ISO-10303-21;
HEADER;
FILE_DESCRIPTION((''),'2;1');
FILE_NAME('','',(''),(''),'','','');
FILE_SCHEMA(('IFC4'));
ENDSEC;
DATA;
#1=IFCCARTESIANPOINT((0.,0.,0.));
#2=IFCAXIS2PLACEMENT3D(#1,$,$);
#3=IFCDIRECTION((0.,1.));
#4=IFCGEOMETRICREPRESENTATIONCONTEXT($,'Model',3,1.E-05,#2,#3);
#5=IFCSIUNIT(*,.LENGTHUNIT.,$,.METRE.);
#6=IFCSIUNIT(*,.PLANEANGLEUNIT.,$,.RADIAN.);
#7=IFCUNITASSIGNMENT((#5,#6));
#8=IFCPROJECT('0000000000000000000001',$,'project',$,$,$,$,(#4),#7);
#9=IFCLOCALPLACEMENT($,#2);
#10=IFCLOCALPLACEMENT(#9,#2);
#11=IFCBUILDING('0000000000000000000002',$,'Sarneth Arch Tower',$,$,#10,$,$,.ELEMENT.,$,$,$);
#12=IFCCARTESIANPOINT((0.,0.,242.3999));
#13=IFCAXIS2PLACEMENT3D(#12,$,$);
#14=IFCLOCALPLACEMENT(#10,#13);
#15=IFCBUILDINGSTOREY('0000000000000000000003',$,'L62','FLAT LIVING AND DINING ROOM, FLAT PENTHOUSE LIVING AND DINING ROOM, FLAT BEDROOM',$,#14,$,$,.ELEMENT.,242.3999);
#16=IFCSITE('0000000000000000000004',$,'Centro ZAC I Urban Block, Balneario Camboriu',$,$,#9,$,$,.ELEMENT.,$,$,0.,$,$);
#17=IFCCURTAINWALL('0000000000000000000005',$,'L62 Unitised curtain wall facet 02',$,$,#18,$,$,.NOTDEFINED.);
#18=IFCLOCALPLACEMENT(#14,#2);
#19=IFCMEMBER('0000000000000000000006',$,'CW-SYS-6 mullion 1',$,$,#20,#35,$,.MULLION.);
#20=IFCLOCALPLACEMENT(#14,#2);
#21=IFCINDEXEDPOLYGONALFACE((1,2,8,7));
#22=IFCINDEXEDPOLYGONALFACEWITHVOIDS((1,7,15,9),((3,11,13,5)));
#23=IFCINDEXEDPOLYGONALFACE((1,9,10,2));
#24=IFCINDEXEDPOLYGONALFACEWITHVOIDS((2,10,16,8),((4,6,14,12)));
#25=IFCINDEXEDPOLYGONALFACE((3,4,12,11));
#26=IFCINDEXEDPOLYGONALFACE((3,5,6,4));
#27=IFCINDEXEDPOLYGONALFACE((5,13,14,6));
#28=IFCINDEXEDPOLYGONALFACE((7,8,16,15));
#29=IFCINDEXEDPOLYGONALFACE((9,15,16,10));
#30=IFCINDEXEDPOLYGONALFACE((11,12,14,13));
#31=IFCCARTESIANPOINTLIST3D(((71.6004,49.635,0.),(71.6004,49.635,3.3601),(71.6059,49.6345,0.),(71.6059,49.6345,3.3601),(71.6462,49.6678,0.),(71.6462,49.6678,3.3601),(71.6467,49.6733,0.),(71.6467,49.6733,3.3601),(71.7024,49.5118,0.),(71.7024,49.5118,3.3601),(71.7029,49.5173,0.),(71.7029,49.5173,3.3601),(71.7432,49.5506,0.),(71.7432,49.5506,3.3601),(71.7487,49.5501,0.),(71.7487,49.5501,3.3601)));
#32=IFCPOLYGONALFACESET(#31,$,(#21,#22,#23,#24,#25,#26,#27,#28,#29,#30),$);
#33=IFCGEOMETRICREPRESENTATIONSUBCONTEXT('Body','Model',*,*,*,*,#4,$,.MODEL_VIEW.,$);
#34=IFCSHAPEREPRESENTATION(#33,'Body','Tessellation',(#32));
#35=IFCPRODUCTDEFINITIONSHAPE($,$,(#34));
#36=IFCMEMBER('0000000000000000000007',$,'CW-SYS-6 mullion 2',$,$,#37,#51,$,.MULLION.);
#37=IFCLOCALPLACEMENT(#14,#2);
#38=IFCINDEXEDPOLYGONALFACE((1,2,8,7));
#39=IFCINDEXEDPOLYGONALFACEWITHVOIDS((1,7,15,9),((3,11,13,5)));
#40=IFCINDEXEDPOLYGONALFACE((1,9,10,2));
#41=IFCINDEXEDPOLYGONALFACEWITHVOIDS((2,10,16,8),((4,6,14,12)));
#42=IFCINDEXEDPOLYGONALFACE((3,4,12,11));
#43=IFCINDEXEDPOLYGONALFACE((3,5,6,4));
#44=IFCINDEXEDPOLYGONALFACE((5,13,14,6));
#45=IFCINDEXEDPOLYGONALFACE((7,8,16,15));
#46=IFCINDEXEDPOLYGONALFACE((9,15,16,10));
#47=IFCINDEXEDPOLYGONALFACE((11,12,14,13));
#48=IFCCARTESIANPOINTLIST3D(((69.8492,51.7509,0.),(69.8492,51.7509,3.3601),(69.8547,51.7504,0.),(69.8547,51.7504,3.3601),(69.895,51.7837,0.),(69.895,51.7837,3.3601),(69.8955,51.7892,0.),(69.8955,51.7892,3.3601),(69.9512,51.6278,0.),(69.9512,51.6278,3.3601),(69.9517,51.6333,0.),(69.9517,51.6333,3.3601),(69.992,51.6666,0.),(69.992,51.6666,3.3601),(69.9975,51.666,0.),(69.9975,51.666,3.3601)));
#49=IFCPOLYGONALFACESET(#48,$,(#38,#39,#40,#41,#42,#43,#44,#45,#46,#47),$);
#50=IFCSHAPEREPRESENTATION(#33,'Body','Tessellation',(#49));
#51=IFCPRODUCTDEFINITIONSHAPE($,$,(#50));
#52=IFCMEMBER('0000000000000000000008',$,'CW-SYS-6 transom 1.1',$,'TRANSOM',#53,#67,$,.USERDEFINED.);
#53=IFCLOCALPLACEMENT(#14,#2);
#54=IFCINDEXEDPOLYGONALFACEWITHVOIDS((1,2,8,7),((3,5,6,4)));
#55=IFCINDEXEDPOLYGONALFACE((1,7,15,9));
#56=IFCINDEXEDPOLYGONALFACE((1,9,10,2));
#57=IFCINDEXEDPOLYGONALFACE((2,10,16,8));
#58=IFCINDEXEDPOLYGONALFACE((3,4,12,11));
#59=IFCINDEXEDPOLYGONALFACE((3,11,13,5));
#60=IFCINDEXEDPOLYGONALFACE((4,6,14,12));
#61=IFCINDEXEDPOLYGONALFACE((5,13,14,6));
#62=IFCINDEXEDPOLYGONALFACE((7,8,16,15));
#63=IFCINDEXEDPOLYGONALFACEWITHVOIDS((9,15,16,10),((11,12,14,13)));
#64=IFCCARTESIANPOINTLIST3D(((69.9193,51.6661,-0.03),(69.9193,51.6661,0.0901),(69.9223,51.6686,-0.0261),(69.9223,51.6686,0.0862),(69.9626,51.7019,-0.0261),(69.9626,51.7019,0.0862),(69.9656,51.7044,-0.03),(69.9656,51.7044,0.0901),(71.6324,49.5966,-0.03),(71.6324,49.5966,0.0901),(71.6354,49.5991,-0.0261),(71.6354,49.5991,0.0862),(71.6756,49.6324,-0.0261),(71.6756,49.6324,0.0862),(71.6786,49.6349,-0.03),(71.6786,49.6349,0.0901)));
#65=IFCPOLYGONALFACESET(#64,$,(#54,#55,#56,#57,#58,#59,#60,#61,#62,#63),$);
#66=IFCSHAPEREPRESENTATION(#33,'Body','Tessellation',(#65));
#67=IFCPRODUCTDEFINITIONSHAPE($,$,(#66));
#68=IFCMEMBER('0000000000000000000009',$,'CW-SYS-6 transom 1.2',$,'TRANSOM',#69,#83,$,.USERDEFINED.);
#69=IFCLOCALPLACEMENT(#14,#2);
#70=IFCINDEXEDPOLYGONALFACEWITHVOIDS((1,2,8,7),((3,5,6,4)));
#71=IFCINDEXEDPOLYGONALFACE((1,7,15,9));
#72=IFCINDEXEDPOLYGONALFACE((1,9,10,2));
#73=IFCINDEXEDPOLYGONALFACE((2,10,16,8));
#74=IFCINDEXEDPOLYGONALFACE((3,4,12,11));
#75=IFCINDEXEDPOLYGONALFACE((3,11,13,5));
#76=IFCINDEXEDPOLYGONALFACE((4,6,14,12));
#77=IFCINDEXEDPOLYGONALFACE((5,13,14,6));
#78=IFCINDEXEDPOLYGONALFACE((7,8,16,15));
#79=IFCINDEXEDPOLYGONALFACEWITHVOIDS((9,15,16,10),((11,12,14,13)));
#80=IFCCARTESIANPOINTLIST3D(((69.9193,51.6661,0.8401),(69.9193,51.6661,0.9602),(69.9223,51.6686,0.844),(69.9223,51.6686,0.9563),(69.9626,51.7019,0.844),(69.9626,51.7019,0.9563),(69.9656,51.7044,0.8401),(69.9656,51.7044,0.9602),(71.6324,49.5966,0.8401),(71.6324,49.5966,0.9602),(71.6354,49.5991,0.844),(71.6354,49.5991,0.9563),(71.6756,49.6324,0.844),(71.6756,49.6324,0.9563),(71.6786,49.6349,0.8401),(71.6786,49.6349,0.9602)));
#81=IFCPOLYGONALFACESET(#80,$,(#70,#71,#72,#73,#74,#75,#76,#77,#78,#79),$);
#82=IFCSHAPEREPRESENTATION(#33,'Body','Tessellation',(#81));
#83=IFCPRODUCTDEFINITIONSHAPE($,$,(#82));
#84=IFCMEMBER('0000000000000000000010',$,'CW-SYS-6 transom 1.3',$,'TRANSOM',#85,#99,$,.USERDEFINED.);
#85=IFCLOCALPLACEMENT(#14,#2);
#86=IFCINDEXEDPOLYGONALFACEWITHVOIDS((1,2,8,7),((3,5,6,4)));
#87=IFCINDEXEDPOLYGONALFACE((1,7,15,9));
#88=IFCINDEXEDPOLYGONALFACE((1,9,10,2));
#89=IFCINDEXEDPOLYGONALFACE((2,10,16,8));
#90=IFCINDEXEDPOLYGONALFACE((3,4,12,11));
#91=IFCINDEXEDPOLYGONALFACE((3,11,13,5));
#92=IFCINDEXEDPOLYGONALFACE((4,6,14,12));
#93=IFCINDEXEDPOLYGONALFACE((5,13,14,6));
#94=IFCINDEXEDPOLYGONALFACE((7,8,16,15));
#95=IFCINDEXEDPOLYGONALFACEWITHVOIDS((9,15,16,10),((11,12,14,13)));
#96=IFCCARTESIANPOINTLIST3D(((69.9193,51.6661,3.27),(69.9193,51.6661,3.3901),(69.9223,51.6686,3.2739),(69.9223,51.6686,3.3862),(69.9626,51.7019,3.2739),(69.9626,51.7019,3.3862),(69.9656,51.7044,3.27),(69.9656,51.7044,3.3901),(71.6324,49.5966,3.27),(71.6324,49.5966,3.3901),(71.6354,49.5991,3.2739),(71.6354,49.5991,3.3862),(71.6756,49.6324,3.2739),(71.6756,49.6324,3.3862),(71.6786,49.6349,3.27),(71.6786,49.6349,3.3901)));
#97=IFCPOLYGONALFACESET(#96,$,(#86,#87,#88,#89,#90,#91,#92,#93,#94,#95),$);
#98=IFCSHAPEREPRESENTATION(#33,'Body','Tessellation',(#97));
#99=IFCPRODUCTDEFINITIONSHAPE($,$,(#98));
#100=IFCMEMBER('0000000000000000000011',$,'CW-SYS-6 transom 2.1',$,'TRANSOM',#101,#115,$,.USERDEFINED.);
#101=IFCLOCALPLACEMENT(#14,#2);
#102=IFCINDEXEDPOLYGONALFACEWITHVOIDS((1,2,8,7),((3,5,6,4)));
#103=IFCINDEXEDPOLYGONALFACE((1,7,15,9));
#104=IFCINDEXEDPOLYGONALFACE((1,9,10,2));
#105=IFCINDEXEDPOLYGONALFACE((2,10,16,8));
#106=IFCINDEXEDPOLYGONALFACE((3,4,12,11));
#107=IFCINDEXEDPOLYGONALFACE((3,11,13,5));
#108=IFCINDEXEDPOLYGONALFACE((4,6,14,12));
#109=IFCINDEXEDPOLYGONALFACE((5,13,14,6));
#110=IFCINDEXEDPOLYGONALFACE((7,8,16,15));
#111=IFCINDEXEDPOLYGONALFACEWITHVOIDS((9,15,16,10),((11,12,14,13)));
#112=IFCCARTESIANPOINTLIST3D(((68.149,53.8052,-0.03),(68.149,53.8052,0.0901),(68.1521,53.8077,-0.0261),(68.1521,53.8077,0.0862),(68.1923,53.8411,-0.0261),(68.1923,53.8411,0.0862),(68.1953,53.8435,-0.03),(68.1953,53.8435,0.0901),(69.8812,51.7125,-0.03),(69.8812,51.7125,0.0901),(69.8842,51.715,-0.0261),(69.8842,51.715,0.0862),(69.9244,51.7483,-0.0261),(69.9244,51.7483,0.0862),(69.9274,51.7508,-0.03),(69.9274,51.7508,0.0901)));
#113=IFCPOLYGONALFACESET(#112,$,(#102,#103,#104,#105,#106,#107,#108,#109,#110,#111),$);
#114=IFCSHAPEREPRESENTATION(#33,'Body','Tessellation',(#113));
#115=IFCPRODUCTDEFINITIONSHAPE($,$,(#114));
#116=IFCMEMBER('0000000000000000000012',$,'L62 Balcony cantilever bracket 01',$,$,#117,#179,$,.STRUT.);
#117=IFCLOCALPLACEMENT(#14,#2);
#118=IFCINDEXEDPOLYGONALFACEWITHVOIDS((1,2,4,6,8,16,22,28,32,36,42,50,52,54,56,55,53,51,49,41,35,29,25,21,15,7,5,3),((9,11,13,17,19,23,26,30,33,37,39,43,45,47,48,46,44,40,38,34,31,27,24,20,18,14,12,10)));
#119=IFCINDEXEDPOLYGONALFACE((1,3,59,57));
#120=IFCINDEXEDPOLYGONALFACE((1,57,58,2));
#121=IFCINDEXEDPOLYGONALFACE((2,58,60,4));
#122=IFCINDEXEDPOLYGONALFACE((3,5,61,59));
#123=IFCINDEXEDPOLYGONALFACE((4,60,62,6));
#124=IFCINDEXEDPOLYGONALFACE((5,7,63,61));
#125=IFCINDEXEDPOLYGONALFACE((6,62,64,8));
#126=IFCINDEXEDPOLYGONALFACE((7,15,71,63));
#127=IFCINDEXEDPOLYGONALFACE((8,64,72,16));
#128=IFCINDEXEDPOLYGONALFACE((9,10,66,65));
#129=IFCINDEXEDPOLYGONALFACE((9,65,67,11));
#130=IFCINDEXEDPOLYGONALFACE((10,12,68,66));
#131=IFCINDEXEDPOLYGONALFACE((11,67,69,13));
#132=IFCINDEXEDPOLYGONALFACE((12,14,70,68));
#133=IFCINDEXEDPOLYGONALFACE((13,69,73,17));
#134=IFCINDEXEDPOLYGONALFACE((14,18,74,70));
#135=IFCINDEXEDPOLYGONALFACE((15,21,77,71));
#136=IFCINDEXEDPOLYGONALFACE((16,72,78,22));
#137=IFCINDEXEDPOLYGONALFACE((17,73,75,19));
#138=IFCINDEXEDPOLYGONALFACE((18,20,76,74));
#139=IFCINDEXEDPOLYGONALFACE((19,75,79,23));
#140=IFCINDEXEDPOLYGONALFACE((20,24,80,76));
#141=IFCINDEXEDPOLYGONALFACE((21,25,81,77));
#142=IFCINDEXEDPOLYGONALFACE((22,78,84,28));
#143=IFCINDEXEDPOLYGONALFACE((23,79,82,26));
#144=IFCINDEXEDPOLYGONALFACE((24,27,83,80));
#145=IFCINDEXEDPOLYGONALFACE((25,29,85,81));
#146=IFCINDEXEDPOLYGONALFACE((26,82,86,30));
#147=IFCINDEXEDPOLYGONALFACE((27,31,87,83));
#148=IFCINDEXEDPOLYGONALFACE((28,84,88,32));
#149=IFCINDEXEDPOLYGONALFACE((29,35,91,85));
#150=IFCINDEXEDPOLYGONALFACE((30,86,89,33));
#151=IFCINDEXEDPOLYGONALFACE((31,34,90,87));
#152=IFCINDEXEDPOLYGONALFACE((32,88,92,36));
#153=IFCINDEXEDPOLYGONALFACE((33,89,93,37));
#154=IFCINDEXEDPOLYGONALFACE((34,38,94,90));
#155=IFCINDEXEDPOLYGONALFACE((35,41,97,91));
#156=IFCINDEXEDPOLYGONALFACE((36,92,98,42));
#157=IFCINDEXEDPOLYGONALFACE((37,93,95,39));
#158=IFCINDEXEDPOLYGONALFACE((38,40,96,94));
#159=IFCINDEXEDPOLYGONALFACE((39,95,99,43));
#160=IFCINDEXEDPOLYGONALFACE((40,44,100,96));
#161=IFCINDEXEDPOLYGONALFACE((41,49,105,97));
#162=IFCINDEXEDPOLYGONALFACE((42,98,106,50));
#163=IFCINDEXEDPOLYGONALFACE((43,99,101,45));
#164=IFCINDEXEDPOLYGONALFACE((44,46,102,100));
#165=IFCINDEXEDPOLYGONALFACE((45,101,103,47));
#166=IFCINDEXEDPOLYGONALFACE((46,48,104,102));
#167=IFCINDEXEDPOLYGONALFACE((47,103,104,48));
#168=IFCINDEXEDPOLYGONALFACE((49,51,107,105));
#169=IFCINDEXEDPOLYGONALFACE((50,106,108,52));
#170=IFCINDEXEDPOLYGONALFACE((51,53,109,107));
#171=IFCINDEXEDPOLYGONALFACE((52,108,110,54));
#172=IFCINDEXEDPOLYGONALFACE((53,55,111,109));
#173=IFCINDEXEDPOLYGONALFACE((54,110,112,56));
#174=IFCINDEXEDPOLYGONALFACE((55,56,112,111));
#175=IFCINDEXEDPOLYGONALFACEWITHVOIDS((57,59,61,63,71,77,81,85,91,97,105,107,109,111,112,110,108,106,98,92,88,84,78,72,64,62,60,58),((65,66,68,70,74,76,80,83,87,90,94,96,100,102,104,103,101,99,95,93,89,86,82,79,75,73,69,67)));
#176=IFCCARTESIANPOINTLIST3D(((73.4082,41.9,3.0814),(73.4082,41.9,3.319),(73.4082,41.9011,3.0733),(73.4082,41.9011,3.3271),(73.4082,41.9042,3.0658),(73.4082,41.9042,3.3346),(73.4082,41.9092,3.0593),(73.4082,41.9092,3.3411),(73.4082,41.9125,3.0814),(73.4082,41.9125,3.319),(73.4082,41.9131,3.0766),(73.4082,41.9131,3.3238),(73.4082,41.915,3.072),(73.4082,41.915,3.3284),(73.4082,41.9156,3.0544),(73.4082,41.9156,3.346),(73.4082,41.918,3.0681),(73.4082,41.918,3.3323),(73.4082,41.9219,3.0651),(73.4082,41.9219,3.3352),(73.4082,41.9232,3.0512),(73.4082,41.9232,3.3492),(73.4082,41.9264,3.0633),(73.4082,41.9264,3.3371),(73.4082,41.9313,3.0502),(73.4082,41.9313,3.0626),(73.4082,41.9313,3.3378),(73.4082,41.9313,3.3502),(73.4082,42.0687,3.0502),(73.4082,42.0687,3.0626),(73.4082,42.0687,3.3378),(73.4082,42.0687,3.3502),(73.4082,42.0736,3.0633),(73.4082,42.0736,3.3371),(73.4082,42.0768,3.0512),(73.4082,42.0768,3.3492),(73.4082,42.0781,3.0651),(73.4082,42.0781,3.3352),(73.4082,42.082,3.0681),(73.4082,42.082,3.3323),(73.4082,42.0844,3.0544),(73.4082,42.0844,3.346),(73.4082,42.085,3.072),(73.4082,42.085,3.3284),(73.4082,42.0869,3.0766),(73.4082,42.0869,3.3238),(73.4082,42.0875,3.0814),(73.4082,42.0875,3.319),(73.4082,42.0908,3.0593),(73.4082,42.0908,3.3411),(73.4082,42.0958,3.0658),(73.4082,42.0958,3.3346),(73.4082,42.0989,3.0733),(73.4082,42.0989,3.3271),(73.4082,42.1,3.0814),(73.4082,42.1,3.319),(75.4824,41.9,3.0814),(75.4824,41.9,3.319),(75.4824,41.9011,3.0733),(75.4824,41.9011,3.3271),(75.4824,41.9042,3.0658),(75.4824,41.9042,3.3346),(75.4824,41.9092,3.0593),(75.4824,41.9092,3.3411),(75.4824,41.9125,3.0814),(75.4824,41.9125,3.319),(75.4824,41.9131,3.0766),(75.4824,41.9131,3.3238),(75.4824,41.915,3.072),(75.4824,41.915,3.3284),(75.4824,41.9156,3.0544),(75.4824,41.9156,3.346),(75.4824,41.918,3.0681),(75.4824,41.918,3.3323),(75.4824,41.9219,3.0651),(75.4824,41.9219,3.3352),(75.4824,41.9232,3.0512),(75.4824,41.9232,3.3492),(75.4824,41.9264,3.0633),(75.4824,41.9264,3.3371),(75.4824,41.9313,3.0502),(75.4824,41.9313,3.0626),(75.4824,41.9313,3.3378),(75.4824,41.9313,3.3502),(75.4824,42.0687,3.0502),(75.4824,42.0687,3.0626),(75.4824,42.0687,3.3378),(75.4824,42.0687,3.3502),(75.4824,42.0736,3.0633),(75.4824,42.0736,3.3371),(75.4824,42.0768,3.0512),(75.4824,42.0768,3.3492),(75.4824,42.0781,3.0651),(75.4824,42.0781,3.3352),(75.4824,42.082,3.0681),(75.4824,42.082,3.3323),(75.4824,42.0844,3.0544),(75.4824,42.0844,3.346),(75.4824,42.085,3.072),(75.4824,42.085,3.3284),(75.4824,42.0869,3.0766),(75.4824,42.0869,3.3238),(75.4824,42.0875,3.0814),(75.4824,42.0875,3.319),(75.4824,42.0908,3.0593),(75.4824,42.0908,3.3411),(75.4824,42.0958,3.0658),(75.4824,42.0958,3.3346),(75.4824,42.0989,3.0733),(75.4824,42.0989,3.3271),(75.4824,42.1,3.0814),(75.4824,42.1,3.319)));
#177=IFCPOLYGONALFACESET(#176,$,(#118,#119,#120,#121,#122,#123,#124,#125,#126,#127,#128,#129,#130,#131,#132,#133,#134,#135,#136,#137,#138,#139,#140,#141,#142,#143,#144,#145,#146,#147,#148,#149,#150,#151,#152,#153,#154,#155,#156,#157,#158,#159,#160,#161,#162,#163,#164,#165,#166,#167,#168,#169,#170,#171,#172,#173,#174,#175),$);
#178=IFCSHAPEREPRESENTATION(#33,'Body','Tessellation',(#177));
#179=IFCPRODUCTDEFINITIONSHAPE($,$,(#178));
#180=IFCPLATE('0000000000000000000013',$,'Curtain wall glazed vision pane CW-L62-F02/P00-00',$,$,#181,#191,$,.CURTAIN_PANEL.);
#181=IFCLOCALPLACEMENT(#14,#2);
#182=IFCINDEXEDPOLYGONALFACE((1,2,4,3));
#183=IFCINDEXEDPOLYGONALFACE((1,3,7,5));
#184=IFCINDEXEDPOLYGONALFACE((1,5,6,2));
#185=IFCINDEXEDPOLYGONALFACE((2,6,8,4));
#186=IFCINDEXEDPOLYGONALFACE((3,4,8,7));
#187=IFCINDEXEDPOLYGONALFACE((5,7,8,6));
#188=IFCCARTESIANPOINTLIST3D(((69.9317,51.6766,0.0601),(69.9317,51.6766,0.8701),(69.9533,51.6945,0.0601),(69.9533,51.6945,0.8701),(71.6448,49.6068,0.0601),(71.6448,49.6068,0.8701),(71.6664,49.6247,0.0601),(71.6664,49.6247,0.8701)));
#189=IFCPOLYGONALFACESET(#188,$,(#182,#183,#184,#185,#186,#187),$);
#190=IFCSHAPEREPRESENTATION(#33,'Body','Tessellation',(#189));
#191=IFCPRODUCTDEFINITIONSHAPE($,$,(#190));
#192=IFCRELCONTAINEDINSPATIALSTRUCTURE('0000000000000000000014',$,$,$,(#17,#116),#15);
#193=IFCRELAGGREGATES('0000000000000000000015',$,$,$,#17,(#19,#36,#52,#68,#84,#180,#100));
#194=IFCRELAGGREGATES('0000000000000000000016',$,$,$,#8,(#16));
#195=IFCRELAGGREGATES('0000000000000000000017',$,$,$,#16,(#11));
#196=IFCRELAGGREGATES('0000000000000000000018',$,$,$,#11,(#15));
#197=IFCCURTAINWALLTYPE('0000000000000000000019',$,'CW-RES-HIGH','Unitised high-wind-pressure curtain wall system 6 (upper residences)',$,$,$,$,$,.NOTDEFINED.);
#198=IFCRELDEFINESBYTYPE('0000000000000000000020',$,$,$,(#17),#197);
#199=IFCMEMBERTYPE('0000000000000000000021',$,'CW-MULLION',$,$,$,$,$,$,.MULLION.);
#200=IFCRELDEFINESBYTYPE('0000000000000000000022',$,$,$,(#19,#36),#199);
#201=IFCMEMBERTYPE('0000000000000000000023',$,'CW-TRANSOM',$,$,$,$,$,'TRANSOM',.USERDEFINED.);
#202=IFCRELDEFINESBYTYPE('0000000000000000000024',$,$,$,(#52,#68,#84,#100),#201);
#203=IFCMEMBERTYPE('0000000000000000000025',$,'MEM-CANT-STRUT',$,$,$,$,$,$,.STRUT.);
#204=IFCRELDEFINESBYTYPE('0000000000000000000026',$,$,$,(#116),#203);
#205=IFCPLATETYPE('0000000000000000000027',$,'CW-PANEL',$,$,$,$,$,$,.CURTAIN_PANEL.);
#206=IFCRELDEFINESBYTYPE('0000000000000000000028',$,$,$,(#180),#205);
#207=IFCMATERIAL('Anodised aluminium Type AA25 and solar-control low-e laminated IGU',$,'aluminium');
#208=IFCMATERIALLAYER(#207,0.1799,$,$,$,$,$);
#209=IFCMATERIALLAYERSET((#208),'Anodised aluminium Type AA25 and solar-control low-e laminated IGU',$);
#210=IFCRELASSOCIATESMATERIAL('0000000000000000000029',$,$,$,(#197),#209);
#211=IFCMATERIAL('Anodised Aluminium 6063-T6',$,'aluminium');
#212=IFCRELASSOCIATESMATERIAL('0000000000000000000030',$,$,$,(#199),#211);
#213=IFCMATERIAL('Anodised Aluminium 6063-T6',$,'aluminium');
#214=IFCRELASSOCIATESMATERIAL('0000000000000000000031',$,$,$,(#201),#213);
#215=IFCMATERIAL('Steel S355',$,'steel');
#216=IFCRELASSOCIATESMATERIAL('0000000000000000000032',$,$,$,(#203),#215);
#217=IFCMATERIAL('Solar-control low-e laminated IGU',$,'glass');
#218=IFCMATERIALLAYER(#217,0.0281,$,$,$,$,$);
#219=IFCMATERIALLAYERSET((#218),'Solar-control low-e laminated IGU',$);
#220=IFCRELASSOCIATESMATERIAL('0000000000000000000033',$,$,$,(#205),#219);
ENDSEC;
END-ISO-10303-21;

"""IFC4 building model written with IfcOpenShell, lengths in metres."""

from ifc_helpers import new_model, si_unit, direction, frame, origin, origin_2d, place, context, subcontext, project, spatial, rectangle, hollow_rectangle, extrude, material, layer, layer_set, material_profile, profile_set, type_object, element, aggregate, save


model = new_model("IFC4")

# Units and contexts
model_context = context("Model", 3, precision=1e-05, world=origin(), true_north=direction((0.0, 1.0)))
body_context = subcontext(model_context, "Body", "Model", "MODEL_VIEW")
ifc_project = project(units=[si_unit("LENGTHUNIT", "METRE"), si_unit("PLANEANGLEUNIT", "RADIAN")], contexts=[model_context])

# Site, building, storey
site_placement = place(None, origin())
site = spatial("IfcSite", under=ifc_project, at=site_placement, Name="Centro ZAC I Urban Block, Balneario Camboriu", CompositionType="ELEMENT", RefElevation=0.0)
building_placement = place(site_placement, origin())
building = spatial("IfcBuilding", under=site, at=building_placement, Name="Sarneth Arch Tower", CompositionType="ELEMENT")
storey_placement = place(building_placement, frame((0.0, 0.0, 242.3999)))
storey = spatial("IfcBuildingStorey", under=building, at=storey_placement, Name="L62", Description="FLAT LIVING AND DINING ROOM, FLAT PENTHOUSE LIVING AND DINING ROOM, FLAT BEDROOM", CompositionType="ELEMENT", Elevation=242.3999)

# Curtain wall, members
ifc_material_1 = material(Name="Anodised aluminium Type AA25 and solar-control low-e laminated IGU", Category="aluminium")
ifc_layer_1 = layer(ifc_material_1, 0.1799)
ifc_layer_set_1 = layer_set([ifc_layer_1], Name="Anodised aluminium Type AA25 and solar-control low-e laminated IGU")
curtain_wall_type = type_object("IfcCurtainWallType", Name="CW-RES-HIGH", Description="Unitised high-wind-pressure curtain wall system 6 (upper residences)", PredefinedType="NOTDEFINED", material=ifc_layer_set_1)
curtain_wall_placement = place(storey_placement, origin())
curtain_wall = element("IfcCurtainWall", 1, at=curtain_wall_placement, inside=storey, type_object=curtain_wall_type, Name="L62 Unitised curtain wall facet 02", PredefinedType="NOTDEFINED")
ifc_material_2 = material(Name="Anodised Aluminium 6063-T6", Category="aluminium")
ifc_material_profile_1 = material_profile(ifc_material_2, hollow_rectangle(XDim=0.0601, YDim=0.1599, WallThickness=0.0039, at=origin_2d()), Name="AL-MULL-160x60x4")
ifc_profile_set_1 = profile_set([ifc_material_profile_1], Name="Anodised Aluminium 6063-T6")
member_type_1 = type_object("IfcMemberType", Name="CW-MULLION", PredefinedType="MULLION", material=ifc_profile_set_1)
member_1_placement = place(storey_placement, frame((71.6746, 49.5925, 0.0), z_axis=(0.0, 0.0, 1.0), x_axis=(-0.770359, -0.63761, 0.0)))
member_1 = element("IfcMember", 2, at=member_1_placement, type_object=member_type_1, Name="CW-SYS-6 mullion 1", PredefinedType="MULLION", context=body_context, shape_type="SweptSolid", body=[
    extrude(hollow_rectangle(XDim=0.0601, YDim=0.1599, WallThickness=0.0039, at=origin_2d()), origin(), (0.0, 0.0, 1.0), 3.3601),
])
member_2_placement = place(storey_placement, frame((69.9233, 51.7085, 0.0), z_axis=(0.0, 0.0, 1.0), x_axis=(-0.770359, -0.63761, 0.0)))
member_2 = element("IfcMember", 3, at=member_2_placement, type_object=member_type_1, Name="CW-SYS-6 mullion 2", PredefinedType="MULLION", context=body_context, shape_type="SweptSolid", body=[
    extrude(hollow_rectangle(XDim=0.0601, YDim=0.1599, WallThickness=0.0039, at=origin_2d()), origin(), (0.0, 0.0, 1.0), 3.3601),
])
ifc_material_3 = material(Name="Anodised Aluminium 6063-T6", Category="aluminium")
ifc_material_profile_2 = material_profile(ifc_material_3, hollow_rectangle(XDim=0.0601, YDim=0.1201, WallThickness=0.0039, at=origin_2d()), Name="AL-TRAN-120x60x4")
ifc_profile_set_2 = profile_set([ifc_material_profile_2], Name="Anodised Aluminium 6063-T6")
member_type_2 = type_object("IfcMemberType", Name="CW-TRANSOM", ElementType="TRANSOM", PredefinedType="USERDEFINED", material=ifc_profile_set_2)
member_3_placement = place(storey_placement, frame((71.6555, 49.6157, 0.03), z_axis=(-0.637651, 0.770325, 0.0), x_axis=(-0.770325, -0.637651, 0.0)))
member_3 = element("IfcMember", 4, at=member_3_placement, type_object=member_type_2, Name="CW-SYS-6 transom 1.1", ObjectType="TRANSOM", PredefinedType="USERDEFINED", context=body_context, shape_type="SweptSolid", body=[
    extrude(hollow_rectangle(XDim=0.0601, YDim=0.1201, WallThickness=0.0039, at=origin_2d()), origin(), (0.0, 0.0, 1.0), 2.6865),
])
member_4_placement = place(storey_placement, frame((71.6555, 49.6157, 0.9001), z_axis=(-0.637651, 0.770325, 0.0), x_axis=(-0.770325, -0.637651, 0.0)))
member_4 = element("IfcMember", 5, at=member_4_placement, type_object=member_type_2, Name="CW-SYS-6 transom 1.2", ObjectType="TRANSOM", PredefinedType="USERDEFINED", context=body_context, shape_type="SweptSolid", body=[
    extrude(hollow_rectangle(XDim=0.0601, YDim=0.1201, WallThickness=0.0039, at=origin_2d()), origin(), (0.0, 0.0, 1.0), 2.6865),
])
member_5_placement = place(storey_placement, frame((71.6555, 49.6157, 3.3301), z_axis=(-0.637651, 0.770325, 0.0), x_axis=(-0.770325, -0.637651, 0.0)))
member_5 = element("IfcMember", 6, at=member_5_placement, type_object=member_type_2, Name="CW-SYS-6 transom 1.3", ObjectType="TRANSOM", PredefinedType="USERDEFINED", context=body_context, shape_type="SweptSolid", body=[
    extrude(hollow_rectangle(XDim=0.0601, YDim=0.1201, WallThickness=0.0039, at=origin_2d()), origin(), (0.0, 0.0, 1.0), 2.6865),
])
member_6_placement = place(storey_placement, frame((69.9043, 51.7317, 0.03), z_axis=(-0.637617, 0.770353, 0.0), x_axis=(-0.770353, -0.637617, 0.0)))
member_6 = element("IfcMember", 7, at=member_6_placement, type_object=member_type_2, Name="CW-SYS-6 transom 2.1", ObjectType="TRANSOM", PredefinedType="USERDEFINED", context=body_context, shape_type="SweptSolid", body=[
    extrude(hollow_rectangle(XDim=0.0601, YDim=0.1201, WallThickness=0.0039, at=origin_2d()), origin(), (0.0, 0.0, 1.0), 2.7166),
])

# Member
ifc_material_4 = material(Name="Steel S355", Category="steel")
ifc_material_profile_3 = material_profile(ifc_material_4, hollow_rectangle(XDim=0.2, YDim=0.3, WallThickness=0.0125, InnerFilletRadius=0.0188, OuterFilletRadius=0.0312, at=origin_2d()), Name="RHS300x200x12.5")
ifc_profile_set_3 = profile_set([ifc_material_profile_3], Name="Steel S355")
member_type_3 = type_object("IfcMemberType", Name="MEM-CANT-STRUT", PredefinedType="STRUT", material=ifc_profile_set_3)
member_7_placement = place(storey_placement, frame((73.4082, 42.0, 3.2002), z_axis=(1.0, 0.0, 0.0), x_axis=(0.0, 1.0, 0.0)))
element("IfcMember", 8, at=member_7_placement, inside=storey, type_object=member_type_3, Name="L62 Balcony cantilever bracket 01", PredefinedType="STRUT", context=body_context, shape_type="SweptSolid", body=[
    extrude(hollow_rectangle(XDim=0.2, YDim=0.3, WallThickness=0.0125, InnerFilletRadius=0.0188, OuterFilletRadius=0.0312, at=origin_2d()), origin(), (0.0, 0.0, 1.0), 2.0742),
])

# Plate
ifc_material_5 = material(Name="Solar-control low-e laminated IGU", Category="glass")
ifc_layer_2 = layer(ifc_material_5, 0.0281)
ifc_layer_set_2 = layer_set([ifc_layer_2], Name="Solar-control low-e laminated IGU")
plate_type_1 = type_object("IfcPlateType", Name="CW-PANEL", PredefinedType="CURTAIN_PANEL", material=ifc_layer_set_2)
plate_1_placement = place(storey_placement, frame((70.7991, 50.6506, 0.0601), z_axis=(0.0, 0.0, 1.0), x_axis=(-0.63761, 0.770359, 0.0)))
plate_1 = element("IfcPlate", 9, at=plate_1_placement, type_object=plate_type_1, Name="Curtain wall glazed vision pane CW-L62-F02/P00-00", PredefinedType="CURTAIN_PANEL", context=body_context, shape_type="SweptSolid", body=[
    extrude(rectangle(XDim=2.6868, YDim=0.0281, at=origin_2d()), origin(), (0.0, 0.0, 1.0), 0.8101),
])
aggregate(curtain_wall, [member_1, member_2, member_3, member_4, member_5, plate_1, member_6])

save(model, "model.ifc")
